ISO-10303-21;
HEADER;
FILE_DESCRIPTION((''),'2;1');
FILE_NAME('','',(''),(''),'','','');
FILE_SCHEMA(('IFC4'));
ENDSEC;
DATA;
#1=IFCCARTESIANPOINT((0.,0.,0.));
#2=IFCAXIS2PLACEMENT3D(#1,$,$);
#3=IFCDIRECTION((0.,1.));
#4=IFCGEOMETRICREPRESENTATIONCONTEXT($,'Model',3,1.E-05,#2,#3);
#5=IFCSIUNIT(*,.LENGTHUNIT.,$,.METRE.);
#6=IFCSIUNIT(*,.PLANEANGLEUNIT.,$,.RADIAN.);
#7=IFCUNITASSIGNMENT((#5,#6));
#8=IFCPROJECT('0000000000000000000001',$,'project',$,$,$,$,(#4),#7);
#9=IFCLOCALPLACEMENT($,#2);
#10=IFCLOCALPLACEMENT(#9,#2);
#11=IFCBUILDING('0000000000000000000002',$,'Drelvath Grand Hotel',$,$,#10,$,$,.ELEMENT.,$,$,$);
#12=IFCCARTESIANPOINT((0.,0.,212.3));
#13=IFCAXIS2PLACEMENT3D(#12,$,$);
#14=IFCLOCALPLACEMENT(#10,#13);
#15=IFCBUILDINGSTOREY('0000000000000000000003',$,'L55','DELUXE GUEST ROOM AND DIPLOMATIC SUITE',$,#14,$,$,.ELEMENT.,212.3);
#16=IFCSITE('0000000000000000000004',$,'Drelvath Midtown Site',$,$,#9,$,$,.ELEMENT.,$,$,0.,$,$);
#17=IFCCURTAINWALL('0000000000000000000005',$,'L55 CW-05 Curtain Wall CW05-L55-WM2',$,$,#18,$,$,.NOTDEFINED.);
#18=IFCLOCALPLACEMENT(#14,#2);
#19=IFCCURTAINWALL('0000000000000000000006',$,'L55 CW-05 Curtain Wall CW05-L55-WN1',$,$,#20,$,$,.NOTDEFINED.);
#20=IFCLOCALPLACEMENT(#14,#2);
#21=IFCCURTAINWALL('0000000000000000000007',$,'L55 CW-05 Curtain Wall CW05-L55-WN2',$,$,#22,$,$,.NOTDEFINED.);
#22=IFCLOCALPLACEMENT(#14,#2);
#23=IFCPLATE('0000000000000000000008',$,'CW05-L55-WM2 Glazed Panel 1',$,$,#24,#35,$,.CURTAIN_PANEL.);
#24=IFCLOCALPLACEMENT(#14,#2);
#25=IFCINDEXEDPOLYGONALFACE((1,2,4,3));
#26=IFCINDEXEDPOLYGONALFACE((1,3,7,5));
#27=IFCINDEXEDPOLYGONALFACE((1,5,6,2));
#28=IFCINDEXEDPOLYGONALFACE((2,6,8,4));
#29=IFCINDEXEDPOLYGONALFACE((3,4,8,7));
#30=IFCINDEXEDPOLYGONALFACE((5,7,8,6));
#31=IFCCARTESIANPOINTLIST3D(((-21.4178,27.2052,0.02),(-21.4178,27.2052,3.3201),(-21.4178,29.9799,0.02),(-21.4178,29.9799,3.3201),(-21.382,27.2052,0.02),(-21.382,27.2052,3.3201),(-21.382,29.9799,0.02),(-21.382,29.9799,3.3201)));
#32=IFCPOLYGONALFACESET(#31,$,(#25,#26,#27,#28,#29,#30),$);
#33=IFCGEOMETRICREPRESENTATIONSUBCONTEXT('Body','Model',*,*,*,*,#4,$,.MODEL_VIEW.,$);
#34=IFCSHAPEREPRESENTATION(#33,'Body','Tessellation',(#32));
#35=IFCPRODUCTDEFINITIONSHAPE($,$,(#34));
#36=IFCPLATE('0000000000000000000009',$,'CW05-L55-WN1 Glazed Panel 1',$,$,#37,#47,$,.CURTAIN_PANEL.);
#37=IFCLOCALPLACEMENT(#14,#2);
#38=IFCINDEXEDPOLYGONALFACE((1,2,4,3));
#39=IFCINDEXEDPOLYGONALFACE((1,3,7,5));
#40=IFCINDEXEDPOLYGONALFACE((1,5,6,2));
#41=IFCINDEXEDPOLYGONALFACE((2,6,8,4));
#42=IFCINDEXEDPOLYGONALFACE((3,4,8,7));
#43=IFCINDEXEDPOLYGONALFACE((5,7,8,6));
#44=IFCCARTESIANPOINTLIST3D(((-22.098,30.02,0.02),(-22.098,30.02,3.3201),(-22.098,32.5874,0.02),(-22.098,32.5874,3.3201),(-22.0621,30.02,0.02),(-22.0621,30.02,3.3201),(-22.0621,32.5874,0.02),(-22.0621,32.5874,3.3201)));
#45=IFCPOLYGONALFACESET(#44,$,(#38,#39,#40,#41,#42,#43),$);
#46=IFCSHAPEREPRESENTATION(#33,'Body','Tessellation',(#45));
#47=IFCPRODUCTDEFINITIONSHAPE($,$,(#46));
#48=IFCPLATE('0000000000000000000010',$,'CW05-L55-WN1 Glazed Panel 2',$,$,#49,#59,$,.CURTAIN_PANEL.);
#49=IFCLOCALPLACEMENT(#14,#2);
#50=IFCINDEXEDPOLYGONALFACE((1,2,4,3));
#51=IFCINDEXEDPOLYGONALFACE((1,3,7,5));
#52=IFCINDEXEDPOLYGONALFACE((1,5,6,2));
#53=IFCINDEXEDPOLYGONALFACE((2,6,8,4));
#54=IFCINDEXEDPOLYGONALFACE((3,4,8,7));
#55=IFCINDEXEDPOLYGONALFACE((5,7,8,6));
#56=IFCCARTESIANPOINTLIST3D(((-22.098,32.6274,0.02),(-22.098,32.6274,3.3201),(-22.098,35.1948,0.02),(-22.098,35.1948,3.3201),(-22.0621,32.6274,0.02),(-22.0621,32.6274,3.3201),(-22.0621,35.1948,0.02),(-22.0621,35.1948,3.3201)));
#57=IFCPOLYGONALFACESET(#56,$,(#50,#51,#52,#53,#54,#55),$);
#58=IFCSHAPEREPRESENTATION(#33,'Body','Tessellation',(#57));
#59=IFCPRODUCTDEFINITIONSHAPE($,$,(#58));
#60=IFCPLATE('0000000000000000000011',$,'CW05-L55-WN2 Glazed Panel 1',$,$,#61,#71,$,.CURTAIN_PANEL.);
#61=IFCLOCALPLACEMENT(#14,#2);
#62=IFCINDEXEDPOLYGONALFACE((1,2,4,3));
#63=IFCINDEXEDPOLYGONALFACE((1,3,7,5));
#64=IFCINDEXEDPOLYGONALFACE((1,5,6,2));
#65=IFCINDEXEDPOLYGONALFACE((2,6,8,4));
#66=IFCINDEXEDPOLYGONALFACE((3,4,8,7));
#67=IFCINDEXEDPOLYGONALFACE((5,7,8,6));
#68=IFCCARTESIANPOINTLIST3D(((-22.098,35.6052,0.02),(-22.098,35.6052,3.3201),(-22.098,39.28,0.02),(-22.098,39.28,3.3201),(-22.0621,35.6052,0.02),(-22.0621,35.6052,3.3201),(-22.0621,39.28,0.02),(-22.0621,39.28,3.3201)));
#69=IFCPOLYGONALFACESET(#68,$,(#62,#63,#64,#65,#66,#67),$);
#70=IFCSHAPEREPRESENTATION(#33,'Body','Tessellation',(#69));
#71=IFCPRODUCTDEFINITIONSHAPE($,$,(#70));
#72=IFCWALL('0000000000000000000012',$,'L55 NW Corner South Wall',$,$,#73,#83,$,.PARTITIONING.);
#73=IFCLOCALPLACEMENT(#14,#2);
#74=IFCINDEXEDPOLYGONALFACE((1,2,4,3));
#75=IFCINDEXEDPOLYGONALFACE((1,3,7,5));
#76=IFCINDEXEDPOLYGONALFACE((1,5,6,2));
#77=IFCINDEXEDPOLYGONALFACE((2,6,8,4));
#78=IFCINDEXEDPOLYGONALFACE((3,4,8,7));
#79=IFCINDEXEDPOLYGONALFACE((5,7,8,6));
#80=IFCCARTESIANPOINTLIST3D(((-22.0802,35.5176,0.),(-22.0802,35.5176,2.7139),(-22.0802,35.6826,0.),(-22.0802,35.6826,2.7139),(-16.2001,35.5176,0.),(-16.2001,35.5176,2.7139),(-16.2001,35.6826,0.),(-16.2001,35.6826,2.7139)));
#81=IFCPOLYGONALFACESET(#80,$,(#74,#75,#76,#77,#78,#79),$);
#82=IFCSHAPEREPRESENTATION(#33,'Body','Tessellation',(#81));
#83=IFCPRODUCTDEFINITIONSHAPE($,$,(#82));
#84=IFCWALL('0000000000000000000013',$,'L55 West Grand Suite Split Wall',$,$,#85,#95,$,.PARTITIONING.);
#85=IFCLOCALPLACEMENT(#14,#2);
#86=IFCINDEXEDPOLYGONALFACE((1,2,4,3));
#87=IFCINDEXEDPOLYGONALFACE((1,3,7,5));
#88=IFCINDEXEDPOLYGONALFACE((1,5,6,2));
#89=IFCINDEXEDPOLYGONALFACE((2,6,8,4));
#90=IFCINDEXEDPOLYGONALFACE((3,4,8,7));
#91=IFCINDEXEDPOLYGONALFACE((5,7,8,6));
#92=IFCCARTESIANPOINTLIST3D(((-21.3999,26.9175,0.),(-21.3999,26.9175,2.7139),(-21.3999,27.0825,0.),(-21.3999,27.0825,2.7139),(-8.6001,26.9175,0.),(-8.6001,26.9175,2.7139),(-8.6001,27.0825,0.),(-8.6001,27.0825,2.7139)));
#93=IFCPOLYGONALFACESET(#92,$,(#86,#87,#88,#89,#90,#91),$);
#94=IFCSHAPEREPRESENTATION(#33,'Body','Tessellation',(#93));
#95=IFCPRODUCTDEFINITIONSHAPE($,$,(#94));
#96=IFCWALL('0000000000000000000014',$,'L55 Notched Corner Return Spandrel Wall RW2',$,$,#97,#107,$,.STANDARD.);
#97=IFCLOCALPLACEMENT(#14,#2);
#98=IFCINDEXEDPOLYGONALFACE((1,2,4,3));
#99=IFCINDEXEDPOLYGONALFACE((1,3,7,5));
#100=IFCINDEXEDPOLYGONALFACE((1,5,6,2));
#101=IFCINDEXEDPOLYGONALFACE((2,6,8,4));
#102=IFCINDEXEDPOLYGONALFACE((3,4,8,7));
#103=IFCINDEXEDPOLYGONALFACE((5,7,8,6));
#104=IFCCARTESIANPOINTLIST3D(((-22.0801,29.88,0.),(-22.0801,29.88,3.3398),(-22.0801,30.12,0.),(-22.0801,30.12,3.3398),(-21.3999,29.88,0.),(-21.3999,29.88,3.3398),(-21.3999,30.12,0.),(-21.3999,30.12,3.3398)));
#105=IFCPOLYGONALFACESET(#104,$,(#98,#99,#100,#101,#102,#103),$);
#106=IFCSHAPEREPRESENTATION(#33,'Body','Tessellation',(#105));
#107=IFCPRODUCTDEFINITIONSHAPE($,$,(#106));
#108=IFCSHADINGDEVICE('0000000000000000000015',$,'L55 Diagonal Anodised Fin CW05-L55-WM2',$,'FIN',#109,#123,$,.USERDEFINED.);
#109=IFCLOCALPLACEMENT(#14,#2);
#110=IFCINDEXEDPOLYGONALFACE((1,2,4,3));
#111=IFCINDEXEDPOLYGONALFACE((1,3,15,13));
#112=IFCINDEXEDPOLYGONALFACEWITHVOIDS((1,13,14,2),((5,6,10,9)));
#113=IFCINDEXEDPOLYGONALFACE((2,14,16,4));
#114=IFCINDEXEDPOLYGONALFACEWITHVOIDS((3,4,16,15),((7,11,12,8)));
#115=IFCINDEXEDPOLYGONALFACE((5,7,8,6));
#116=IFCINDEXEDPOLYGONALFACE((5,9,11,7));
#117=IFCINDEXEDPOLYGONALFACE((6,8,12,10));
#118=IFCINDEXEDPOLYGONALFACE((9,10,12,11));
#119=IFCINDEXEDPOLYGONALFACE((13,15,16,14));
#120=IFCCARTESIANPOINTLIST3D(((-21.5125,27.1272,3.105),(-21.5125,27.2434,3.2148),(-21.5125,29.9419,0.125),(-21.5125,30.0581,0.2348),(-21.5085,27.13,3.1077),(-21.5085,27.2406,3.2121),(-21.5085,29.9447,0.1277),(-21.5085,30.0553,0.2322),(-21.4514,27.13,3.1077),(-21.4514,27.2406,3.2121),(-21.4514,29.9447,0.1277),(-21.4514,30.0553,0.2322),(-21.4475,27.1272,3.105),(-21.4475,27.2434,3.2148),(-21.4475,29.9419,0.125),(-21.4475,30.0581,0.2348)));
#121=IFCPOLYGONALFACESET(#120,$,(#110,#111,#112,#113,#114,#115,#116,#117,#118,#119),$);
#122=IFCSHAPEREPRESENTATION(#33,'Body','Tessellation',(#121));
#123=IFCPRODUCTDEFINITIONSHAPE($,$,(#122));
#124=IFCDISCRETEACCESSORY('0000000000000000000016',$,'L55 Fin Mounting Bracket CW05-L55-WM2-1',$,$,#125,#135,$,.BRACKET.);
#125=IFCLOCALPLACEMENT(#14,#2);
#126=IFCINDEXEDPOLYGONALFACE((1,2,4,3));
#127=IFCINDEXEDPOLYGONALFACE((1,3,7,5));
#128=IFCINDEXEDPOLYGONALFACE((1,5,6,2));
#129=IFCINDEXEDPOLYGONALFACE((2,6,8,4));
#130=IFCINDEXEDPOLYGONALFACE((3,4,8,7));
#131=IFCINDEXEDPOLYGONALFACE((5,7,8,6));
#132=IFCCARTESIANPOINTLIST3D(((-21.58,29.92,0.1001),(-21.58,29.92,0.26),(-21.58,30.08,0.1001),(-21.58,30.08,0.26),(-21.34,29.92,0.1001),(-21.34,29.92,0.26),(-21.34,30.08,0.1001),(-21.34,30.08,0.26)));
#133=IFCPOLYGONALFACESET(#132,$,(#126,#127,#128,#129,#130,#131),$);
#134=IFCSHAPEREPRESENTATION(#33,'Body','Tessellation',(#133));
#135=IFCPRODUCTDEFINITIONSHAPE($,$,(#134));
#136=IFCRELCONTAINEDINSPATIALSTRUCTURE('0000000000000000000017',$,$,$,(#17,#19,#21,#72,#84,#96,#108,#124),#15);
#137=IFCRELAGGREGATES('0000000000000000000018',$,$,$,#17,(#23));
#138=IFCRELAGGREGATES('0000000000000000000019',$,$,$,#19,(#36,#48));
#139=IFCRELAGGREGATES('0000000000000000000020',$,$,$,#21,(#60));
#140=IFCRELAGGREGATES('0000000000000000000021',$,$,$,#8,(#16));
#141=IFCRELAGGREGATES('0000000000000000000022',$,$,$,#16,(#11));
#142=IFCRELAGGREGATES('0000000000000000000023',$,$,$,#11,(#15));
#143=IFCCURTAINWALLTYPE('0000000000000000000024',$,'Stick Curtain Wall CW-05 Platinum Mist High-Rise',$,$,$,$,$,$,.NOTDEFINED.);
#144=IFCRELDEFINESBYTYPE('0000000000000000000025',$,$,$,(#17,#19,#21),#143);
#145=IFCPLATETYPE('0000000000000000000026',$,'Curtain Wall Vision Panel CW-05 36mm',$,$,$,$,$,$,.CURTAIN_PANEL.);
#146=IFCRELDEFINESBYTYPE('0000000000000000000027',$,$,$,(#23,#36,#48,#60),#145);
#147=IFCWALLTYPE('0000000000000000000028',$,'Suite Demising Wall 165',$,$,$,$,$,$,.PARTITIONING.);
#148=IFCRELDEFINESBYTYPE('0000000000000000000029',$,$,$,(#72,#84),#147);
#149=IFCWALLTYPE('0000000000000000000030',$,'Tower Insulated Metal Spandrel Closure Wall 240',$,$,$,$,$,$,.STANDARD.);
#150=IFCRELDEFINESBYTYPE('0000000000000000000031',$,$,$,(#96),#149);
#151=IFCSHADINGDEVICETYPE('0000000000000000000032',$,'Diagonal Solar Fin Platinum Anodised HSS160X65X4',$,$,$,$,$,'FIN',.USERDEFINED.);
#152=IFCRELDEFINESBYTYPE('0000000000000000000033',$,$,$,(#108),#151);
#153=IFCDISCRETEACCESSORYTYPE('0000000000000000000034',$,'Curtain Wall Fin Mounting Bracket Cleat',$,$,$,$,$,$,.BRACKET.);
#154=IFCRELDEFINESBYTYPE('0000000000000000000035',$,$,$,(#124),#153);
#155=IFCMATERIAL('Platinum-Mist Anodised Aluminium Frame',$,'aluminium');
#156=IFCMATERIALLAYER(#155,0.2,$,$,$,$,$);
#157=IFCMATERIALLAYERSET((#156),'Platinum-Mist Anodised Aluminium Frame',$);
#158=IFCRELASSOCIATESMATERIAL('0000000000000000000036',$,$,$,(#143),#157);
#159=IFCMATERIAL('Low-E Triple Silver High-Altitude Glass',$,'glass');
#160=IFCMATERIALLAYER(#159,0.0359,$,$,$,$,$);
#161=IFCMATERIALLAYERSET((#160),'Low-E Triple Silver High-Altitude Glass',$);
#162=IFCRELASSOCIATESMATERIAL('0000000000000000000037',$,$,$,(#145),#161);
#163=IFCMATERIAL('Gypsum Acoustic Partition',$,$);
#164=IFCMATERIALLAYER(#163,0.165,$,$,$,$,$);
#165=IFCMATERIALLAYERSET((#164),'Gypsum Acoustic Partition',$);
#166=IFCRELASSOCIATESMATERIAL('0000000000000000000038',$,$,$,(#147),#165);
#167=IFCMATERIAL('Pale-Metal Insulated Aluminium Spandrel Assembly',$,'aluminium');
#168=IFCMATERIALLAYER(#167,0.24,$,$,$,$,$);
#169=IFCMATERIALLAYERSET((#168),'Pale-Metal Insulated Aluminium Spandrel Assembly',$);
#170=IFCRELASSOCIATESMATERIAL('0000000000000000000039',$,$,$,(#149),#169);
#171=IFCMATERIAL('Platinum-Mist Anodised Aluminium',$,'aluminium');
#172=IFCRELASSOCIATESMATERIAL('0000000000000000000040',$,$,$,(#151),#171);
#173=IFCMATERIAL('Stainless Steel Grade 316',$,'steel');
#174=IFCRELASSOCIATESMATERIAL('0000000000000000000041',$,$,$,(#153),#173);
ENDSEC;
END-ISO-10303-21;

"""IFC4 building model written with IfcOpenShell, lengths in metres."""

from ifc_helpers import new_model, si_unit, direction, frame, frame_2d, origin, origin_2d, place, context, subcontext, project, spatial, rectangle, hollow_rectangle, extrude, material, layer, layer_set, material_profile, profile_set, type_object, element, aggregate, save


model = new_model("IFC4")

# Units and contexts
model_context = context("Model", 3, precision=1e-05, world=origin(), true_north=direction((0.0, 1.0)))
body_context = subcontext(model_context, "Body", "Model", "MODEL_VIEW")
ifc_project = project(units=[si_unit("LENGTHUNIT", "METRE"), si_unit("PLANEANGLEUNIT", "RADIAN")], contexts=[model_context])

# Site, building, storey
site_placement = place(None, origin())
site = spatial("IfcSite", under=ifc_project, at=site_placement, Name="Drelvath Midtown Site", CompositionType="ELEMENT", RefElevation=0.0)
building_placement = place(site_placement, origin())
building = spatial("IfcBuilding", under=site, at=building_placement, Name="Drelvath Grand Hotel", CompositionType="ELEMENT")
storey_placement = place(building_placement, frame((0.0, 0.0, 212.3)))
storey = spatial("IfcBuildingStorey", under=building, at=storey_placement, Name="L55", Description="DELUXE GUEST ROOM AND DIPLOMATIC SUITE", CompositionType="ELEMENT", Elevation=212.3)

# Curtain walls
ifc_material_1 = material(Name="Platinum-Mist Anodised Aluminium Frame", Category="aluminium")
ifc_layer_1 = layer(ifc_material_1, 0.2)
ifc_layer_set_1 = layer_set([ifc_layer_1], Name="Platinum-Mist Anodised Aluminium Frame")
curtain_wall_type = type_object("IfcCurtainWallType", Name="Stick Curtain Wall CW-05 Platinum Mist High-Rise", PredefinedType="NOTDEFINED", material=ifc_layer_set_1)
curtain_wall_1_placement = place(storey_placement, origin())
curtain_wall_1 = element("IfcCurtainWall", 1, at=curtain_wall_1_placement, inside=storey, type_object=curtain_wall_type, Name="L55 CW-05 Curtain Wall CW05-L55-WM2", PredefinedType="NOTDEFINED")
curtain_wall_2_placement = place(storey_placement, origin())
curtain_wall_2 = element("IfcCurtainWall", 2, at=curtain_wall_2_placement, inside=storey, type_object=curtain_wall_type, Name="L55 CW-05 Curtain Wall CW05-L55-WN1", PredefinedType="NOTDEFINED")
curtain_wall_3_placement = place(storey_placement, origin())
curtain_wall_3 = element("IfcCurtainWall", 3, at=curtain_wall_3_placement, inside=storey, type_object=curtain_wall_type, Name="L55 CW-05 Curtain Wall CW05-L55-WN2", PredefinedType="NOTDEFINED")

# Plates
ifc_material_2 = material(Name="Low-E Triple Silver High-Altitude Glass", Category="glass")
ifc_layer_2 = layer(ifc_material_2, 0.0359)
ifc_layer_set_2 = layer_set([ifc_layer_2], Name="Low-E Triple Silver High-Altitude Glass")
plate_type = type_object("IfcPlateType", Name="Curtain Wall Vision Panel CW-05 36mm", PredefinedType="CURTAIN_PANEL", material=ifc_layer_set_2)
plate_1_placement = place(storey_placement, frame((-21.3999, 28.5925, 0.02), z_axis=(0.0, 0.0, 1.0), x_axis=(0.0, 1.0, 0.0)))
plate_1 = element("IfcPlate", 4, at=plate_1_placement, type_object=plate_type, Name="CW05-L55-WM2 Glazed Panel 1", PredefinedType="CURTAIN_PANEL", context=body_context, shape_type="SweptSolid", body=[
    extrude(rectangle(XDim=2.7747, YDim=0.0359, at=origin_2d()), origin(), (0.0, 0.0, 1.0), 3.3),
])
aggregate(curtain_wall_1, [plate_1])
plate_2_placement = place(storey_placement, frame((-22.0801, 31.3037, 0.02), z_axis=(0.0, 0.0, 1.0), x_axis=(0.0, 1.0, 0.0)))
plate_2 = element("IfcPlate", 5, at=plate_2_placement, type_object=plate_type, Name="CW05-L55-WN1 Glazed Panel 1", PredefinedType="CURTAIN_PANEL", context=body_context, shape_type="SweptSolid", body=[
    extrude(rectangle(XDim=2.5674, YDim=0.0359, at=origin_2d()), origin(), (0.0, 0.0, 1.0), 3.3),
])
plate_3_placement = place(storey_placement, frame((-22.0801, 33.9111, 0.02), z_axis=(0.0, 0.0, 1.0), x_axis=(0.0, 1.0, 0.0)))
plate_3 = element("IfcPlate", 6, at=plate_3_placement, type_object=plate_type, Name="CW05-L55-WN1 Glazed Panel 2", PredefinedType="CURTAIN_PANEL", context=body_context, shape_type="SweptSolid", body=[
    extrude(rectangle(XDim=2.5674, YDim=0.0359, at=origin_2d()), origin(), (0.0, 0.0, 1.0), 3.3),
])
aggregate(curtain_wall_2, [plate_2, plate_3])
plate_4_placement = place(storey_placement, frame((-22.0801, 37.4426, 0.02), z_axis=(0.0, 0.0, 1.0), x_axis=(0.0, 1.0, 0.0)))
plate_4 = element("IfcPlate", 7, at=plate_4_placement, type_object=plate_type, Name="CW05-L55-WN2 Glazed Panel 1", PredefinedType="CURTAIN_PANEL", context=body_context, shape_type="SweptSolid", body=[
    extrude(rectangle(XDim=3.6748, YDim=0.0359, at=origin_2d()), origin(), (0.0, 0.0, 1.0), 3.3),
])
aggregate(curtain_wall_3, [plate_4])

# Walls
ifc_material_3 = material(Name="Gypsum Acoustic Partition")
ifc_layer_3 = layer(ifc_material_3, 0.165)
ifc_layer_set_3 = layer_set([ifc_layer_3], Name="Gypsum Acoustic Partition")
wall_type_1 = type_object("IfcWallType", Name="Suite Demising Wall 165", PredefinedType="PARTITIONING", material=ifc_layer_set_3)
wall_1_placement = place(storey_placement, frame((-22.0801, 35.6001, 0.0), z_axis=(0.0, 0.0, 1.0), x_axis=(1.0, 0.0, 0.0)))
element("IfcWall", 8, at=wall_1_placement, inside=storey, type_object=wall_type_1, Name="L55 NW Corner South Wall", PredefinedType="PARTITIONING", context=body_context, shape_type="SweptSolid", body=[
    extrude(rectangle(XDim=5.8801, YDim=0.165, at=frame_2d((2.9399, 0.0))), origin(), (0.0, 0.0, 1.0), 2.7139),
])
wall_2_placement = place(storey_placement, frame((-21.3999, 27.0, 0.0), z_axis=(0.0, 0.0, 1.0), x_axis=(1.0, 0.0, 0.0)))
element("IfcWall", 9, at=wall_2_placement, inside=storey, type_object=wall_type_1, Name="L55 West Grand Suite Split Wall", PredefinedType="PARTITIONING", context=body_context, shape_type="SweptSolid", body=[
    extrude(rectangle(XDim=12.7998, YDim=0.165, at=frame_2d((6.3999, 0.0))), origin(), (0.0, 0.0, 1.0), 2.7139),
])
ifc_material_4 = material(Name="Pale-Metal Insulated Aluminium Spandrel Assembly", Category="aluminium")
ifc_layer_4 = layer(ifc_material_4, 0.24)
ifc_layer_set_4 = layer_set([ifc_layer_4], Name="Pale-Metal Insulated Aluminium Spandrel Assembly")
wall_type_2 = type_object("IfcWallType", Name="Tower Insulated Metal Spandrel Closure Wall 240", PredefinedType="STANDARD", material=ifc_layer_set_4)
wall_3_placement = place(storey_placement, frame((-21.3999, 30.0, 0.0), z_axis=(0.0, 0.0, 1.0), x_axis=(-1.0, 0.0, 0.0)))
element("IfcWall", 10, at=wall_3_placement, inside=storey, type_object=wall_type_2, Name="L55 Notched Corner Return Spandrel Wall RW2", PredefinedType="STANDARD", context=body_context, shape_type="SweptSolid", body=[
    extrude(rectangle(XDim=0.6802, YDim=0.24, at=frame_2d((0.3401, 0.0))), origin(), (0.0, 0.0, 1.0), 3.3398),
])

# Shading device
ifc_material_5 = material(Name="Platinum-Mist Anodised Aluminium", Category="aluminium")
ifc_material_profile_1 = material_profile(ifc_material_5, hollow_rectangle(XDim=0.0649, YDim=0.1599, WallThickness=0.0039, at=origin_2d()), Name="HSS160X65X4")
ifc_profile_set_1 = profile_set([ifc_material_profile_1], Name="Platinum-Mist Anodised Aluminium")
shading_device_type = type_object("IfcShadingDeviceType", Name="Diagonal Solar Fin Platinum Anodised HSS160X65X4", ElementType="FIN", PredefinedType="USERDEFINED", material=ifc_profile_set_1)
shading_device_placement = place(storey_placement, frame((-21.48, 30.0, 0.1799), z_axis=(0.0, -0.686659, 0.72698), x_axis=(1.0, 0.0, 0.0)))
element("IfcShadingDevice", 11, at=shading_device_placement, inside=storey, type_object=shading_device_type, Name="L55 Diagonal Anodised Fin CW05-L55-WM2", ObjectType="FIN", PredefinedType="USERDEFINED", context=body_context, shape_type="SweptSolid", body=[
    extrude(hollow_rectangle(XDim=0.0649, YDim=0.1599, WallThickness=0.0039, at=origin_2d()), origin(), (0.0, 0.0, 1.0), 4.0991),
])

# Discrete accessory
ifc_material_6 = material(Name="Stainless Steel Grade 316", Category="steel")
discrete_accessory_type = type_object("IfcDiscreteAccessoryType", Name="Curtain Wall Fin Mounting Bracket Cleat", PredefinedType="BRACKET", material=ifc_material_6)
discrete_accessory_placement = place(storey_placement, frame((-21.46, 30.0, 0.1001), z_axis=(0.0, 0.0, 1.0), x_axis=(0.0, 1.0, 0.0)))
element("IfcDiscreteAccessory", 12, at=discrete_accessory_placement, inside=storey, type_object=discrete_accessory_type, Name="L55 Fin Mounting Bracket CW05-L55-WM2-1", PredefinedType="BRACKET", context=body_context, shape_type="SweptSolid", body=[
    extrude(rectangle(XDim=0.1599, YDim=0.24, at=origin_2d()), origin(), (0.0, 0.0, 1.0), 0.1599),
])

save(model, "model.ifc")
